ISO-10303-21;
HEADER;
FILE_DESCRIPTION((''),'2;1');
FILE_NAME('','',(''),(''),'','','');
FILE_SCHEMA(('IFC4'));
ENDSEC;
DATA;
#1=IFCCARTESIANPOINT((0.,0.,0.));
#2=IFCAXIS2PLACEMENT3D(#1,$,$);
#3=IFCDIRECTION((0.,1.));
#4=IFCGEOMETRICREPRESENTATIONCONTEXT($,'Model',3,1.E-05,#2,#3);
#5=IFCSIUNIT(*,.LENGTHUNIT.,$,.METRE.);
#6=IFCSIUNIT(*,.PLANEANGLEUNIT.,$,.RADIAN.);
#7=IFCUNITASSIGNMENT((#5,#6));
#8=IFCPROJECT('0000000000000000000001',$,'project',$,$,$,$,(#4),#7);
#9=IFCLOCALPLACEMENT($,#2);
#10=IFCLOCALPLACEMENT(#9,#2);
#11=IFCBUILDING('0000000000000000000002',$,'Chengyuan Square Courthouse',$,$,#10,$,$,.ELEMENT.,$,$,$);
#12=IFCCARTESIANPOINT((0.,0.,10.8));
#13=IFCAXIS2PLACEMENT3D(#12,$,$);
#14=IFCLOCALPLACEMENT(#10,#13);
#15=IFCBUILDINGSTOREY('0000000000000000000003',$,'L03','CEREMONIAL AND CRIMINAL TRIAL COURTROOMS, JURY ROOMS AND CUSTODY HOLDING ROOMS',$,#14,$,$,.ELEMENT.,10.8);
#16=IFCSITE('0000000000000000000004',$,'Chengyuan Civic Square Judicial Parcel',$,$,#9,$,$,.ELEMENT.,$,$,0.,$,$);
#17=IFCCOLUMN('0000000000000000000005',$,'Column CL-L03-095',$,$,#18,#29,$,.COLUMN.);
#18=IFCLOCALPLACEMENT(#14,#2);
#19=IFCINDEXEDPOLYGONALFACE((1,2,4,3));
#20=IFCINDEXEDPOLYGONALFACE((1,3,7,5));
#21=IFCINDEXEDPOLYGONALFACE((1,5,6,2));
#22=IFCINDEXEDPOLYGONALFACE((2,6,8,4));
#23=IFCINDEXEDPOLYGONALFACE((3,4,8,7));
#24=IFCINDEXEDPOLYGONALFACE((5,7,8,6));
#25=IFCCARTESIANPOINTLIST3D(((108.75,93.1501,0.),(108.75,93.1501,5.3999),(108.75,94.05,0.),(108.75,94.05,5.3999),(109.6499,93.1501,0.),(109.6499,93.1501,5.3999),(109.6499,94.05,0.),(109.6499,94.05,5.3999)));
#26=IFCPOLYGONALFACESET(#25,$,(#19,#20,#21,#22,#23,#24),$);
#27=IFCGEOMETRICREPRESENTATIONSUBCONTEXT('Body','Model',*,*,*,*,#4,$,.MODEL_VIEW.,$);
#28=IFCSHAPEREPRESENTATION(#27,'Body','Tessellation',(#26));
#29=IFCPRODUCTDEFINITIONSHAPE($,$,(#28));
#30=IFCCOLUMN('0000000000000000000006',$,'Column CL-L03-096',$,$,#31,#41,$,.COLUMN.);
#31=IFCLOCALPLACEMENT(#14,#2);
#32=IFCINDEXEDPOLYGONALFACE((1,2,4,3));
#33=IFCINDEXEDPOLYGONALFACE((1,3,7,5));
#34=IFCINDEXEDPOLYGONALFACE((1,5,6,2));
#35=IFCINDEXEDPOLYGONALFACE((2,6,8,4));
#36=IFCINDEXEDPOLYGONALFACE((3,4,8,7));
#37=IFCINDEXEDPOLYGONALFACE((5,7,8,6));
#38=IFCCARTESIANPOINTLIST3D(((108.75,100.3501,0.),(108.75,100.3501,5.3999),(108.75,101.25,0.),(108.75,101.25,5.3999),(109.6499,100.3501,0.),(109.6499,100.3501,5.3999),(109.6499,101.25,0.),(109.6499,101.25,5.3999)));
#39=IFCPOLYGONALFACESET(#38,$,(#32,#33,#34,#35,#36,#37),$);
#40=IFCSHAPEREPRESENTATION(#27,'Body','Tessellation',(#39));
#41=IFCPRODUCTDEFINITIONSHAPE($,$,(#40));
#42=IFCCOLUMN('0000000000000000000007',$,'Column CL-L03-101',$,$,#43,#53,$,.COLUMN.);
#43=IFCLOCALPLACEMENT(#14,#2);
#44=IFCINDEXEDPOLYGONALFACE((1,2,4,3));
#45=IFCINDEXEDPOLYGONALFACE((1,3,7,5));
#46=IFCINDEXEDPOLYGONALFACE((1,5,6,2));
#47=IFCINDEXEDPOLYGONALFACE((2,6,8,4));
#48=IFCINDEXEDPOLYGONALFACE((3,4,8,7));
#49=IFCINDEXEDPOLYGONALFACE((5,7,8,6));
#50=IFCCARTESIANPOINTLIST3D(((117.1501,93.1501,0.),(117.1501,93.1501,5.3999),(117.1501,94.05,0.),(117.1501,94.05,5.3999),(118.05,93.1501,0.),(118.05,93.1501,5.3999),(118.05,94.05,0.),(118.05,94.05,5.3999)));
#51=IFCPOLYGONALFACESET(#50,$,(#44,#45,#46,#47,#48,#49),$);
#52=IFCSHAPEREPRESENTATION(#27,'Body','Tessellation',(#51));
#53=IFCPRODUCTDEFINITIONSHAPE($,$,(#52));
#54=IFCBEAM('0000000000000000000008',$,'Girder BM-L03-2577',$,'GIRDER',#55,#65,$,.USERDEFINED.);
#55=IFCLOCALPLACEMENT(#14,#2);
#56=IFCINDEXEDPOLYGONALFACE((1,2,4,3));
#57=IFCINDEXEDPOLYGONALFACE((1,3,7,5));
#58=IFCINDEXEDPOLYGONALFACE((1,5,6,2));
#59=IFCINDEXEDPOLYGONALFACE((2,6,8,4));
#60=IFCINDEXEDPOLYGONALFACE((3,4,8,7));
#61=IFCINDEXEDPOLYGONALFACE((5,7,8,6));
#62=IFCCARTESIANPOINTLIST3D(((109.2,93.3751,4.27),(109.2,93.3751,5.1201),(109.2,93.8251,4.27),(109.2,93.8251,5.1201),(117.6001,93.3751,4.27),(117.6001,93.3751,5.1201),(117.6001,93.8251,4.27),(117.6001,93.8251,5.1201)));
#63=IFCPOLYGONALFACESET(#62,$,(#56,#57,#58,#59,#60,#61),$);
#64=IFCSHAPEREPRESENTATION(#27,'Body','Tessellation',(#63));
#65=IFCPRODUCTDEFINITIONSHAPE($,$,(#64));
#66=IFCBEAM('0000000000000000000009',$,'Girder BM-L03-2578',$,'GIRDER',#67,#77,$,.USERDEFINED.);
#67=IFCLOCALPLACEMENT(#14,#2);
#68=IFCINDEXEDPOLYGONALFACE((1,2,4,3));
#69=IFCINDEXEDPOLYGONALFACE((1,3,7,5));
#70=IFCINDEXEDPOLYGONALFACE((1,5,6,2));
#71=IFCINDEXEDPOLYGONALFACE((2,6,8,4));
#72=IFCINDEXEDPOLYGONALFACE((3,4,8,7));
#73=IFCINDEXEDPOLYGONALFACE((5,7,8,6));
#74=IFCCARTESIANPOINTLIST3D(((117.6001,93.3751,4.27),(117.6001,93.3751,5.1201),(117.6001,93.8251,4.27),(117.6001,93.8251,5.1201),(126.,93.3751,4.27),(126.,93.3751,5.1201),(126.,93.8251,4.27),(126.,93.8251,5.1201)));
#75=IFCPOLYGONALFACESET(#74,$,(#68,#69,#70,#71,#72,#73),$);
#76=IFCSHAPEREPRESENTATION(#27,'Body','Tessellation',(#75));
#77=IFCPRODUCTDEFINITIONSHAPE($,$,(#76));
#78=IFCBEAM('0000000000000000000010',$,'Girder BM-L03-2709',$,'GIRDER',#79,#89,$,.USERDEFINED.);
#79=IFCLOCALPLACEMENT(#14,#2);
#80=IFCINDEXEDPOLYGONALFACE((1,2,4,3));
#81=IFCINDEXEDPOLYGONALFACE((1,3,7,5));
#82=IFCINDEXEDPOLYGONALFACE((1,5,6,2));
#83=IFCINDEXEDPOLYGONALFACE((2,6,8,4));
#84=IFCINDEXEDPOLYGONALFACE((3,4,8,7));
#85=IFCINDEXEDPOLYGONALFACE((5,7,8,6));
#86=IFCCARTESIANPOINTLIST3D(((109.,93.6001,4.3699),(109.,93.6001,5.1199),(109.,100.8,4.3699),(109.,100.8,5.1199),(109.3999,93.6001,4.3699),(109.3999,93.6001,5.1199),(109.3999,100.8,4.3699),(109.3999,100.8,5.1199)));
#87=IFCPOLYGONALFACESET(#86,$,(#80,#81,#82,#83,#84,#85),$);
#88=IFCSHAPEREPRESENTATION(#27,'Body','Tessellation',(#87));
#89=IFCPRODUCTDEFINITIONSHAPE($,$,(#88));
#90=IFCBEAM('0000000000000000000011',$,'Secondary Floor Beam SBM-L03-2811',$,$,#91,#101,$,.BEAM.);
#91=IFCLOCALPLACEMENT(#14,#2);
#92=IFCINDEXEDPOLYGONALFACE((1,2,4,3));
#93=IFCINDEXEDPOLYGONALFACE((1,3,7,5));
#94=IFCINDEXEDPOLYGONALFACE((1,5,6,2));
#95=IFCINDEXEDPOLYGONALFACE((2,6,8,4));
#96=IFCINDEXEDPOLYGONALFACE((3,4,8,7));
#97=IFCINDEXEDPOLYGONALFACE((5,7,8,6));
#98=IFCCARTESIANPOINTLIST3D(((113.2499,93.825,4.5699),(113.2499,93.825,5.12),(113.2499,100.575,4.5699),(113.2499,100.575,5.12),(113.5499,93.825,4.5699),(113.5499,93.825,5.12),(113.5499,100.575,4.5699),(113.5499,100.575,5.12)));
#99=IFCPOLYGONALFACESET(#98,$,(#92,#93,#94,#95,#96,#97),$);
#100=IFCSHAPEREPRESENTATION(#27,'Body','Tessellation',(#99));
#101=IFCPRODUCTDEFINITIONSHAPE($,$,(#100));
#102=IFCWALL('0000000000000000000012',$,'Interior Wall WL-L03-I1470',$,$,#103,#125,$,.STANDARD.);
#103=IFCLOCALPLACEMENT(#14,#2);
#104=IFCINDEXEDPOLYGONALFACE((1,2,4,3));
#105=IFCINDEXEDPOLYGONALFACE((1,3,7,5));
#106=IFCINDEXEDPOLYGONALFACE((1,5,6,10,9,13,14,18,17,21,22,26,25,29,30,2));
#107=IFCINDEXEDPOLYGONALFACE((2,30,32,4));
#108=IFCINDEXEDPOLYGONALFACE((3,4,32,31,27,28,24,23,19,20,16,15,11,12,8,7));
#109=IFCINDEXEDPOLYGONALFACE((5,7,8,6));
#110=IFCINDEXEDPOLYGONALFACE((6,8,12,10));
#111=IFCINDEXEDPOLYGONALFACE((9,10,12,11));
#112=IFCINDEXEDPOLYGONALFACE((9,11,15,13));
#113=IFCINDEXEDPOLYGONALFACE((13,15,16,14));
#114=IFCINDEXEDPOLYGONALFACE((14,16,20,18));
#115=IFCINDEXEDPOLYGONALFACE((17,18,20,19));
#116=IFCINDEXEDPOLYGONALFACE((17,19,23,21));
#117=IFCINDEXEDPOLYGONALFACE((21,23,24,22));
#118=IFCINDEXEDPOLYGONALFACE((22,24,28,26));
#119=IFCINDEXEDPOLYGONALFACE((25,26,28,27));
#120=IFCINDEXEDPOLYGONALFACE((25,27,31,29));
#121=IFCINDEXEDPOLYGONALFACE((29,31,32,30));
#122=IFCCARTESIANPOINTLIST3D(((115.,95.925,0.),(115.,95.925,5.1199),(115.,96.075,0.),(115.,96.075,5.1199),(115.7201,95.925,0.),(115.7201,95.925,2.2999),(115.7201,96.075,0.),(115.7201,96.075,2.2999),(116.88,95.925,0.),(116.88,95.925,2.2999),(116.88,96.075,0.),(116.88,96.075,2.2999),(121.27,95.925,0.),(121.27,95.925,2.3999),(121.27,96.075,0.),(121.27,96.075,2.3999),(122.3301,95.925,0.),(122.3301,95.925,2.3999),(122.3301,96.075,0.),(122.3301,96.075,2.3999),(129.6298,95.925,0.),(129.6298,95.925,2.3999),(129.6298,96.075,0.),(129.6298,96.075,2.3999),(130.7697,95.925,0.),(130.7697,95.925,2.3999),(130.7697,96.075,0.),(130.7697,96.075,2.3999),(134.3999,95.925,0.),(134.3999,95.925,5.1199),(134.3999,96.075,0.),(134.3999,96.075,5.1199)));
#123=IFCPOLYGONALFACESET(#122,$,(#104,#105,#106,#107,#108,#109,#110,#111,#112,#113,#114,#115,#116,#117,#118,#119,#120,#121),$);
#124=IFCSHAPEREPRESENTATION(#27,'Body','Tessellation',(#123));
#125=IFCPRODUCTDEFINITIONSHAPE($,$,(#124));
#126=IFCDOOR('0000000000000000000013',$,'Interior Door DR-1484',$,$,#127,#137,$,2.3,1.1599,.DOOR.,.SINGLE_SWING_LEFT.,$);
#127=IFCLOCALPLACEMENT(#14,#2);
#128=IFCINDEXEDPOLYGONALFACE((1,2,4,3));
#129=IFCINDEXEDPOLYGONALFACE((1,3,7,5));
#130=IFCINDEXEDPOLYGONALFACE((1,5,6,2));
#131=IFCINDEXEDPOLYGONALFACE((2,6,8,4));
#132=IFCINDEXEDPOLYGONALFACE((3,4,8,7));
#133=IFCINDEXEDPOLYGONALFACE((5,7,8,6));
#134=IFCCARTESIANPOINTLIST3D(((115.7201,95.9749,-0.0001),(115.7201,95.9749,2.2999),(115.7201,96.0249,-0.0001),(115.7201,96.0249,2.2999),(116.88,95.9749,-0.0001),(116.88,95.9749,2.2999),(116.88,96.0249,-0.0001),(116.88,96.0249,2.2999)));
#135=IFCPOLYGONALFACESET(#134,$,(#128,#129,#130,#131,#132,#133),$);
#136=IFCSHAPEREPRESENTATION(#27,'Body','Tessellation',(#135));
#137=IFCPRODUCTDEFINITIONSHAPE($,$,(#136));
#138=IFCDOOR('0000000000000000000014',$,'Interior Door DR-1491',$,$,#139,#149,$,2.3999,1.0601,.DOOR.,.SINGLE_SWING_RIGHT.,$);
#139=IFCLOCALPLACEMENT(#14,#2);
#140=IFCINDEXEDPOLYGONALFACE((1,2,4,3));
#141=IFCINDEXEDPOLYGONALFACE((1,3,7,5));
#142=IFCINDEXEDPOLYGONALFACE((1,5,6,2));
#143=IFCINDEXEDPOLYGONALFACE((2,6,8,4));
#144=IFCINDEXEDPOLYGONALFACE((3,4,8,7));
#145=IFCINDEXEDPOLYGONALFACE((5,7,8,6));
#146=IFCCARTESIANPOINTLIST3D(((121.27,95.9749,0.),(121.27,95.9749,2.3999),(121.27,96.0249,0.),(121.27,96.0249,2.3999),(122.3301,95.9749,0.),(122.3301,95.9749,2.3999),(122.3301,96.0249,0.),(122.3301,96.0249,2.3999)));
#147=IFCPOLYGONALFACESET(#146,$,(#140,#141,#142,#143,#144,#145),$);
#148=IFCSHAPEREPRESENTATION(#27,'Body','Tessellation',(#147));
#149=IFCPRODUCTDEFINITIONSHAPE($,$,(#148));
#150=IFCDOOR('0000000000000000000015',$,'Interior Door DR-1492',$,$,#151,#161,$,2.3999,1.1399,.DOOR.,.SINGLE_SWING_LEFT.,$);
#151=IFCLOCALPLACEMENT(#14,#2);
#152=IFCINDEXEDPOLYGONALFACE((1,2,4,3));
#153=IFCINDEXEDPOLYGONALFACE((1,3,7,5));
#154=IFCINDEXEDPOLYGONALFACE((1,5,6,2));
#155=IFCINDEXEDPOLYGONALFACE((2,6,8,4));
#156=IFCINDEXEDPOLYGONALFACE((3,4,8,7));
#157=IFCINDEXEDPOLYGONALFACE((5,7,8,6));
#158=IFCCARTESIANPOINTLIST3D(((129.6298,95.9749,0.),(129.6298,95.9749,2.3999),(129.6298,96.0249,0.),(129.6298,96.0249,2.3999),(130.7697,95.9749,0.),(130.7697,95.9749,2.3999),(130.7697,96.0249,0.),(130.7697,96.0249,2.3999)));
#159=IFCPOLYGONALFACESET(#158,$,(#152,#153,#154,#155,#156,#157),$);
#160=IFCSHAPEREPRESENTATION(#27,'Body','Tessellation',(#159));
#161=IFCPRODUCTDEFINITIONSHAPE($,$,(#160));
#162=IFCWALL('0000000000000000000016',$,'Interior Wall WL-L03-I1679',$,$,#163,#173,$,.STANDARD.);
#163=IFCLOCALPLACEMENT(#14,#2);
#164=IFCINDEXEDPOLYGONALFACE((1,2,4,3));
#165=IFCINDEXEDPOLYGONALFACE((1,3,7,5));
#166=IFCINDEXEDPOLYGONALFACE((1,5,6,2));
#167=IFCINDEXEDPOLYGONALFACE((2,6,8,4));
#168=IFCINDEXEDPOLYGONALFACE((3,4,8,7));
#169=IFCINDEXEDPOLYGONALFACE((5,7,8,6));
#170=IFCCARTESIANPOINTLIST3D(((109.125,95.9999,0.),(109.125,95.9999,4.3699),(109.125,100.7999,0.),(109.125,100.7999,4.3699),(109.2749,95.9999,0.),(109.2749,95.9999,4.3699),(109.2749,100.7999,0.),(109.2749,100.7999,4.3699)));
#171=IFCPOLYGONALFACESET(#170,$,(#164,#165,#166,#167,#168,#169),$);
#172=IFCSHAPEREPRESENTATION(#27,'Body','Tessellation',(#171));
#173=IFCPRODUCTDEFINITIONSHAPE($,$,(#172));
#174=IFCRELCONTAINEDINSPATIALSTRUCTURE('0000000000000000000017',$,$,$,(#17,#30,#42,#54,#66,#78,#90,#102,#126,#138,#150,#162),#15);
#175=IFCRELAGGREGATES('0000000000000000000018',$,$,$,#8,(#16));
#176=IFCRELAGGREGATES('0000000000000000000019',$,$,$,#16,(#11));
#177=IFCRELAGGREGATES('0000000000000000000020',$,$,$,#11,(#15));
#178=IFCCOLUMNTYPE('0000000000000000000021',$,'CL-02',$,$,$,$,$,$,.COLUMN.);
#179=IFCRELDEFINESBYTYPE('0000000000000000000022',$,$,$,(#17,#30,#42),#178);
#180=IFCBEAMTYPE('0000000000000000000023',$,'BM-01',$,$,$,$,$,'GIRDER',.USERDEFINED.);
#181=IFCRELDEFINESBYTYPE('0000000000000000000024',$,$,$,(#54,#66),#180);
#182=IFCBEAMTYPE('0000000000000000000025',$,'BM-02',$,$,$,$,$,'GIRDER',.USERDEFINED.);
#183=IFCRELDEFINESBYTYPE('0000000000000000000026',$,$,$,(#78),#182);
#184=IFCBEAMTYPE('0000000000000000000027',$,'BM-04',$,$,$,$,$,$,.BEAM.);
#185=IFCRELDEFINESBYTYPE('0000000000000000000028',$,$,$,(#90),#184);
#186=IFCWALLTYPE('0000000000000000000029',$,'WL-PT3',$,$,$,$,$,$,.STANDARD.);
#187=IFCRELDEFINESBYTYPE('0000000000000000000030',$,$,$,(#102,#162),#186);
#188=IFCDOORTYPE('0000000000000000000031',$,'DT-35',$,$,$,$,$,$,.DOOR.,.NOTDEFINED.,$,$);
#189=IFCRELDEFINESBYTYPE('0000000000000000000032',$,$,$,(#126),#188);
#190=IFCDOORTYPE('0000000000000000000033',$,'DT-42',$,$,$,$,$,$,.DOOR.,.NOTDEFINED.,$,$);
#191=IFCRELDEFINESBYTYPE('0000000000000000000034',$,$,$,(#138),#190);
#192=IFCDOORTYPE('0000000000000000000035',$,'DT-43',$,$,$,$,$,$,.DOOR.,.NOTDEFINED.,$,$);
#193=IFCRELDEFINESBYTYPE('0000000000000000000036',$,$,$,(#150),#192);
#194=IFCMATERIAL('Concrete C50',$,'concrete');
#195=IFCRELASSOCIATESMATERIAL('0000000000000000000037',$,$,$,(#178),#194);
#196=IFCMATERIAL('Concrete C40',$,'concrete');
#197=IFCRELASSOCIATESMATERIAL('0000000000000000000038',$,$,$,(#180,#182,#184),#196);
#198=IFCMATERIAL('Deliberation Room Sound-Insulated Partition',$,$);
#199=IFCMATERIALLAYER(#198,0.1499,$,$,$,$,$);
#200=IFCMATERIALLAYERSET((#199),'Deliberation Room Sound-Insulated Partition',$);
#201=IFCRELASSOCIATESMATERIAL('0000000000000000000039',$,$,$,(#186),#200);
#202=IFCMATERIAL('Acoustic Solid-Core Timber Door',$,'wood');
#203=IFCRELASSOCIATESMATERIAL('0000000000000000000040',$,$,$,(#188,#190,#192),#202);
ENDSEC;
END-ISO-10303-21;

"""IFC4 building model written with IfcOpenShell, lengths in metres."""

from ifc_helpers import new_model, si_unit, direction, frame, frame_2d, origin, origin_2d, place, context, subcontext, project, spatial, rectangle, extrude, material, layer, layer_set, material_profile, profile_set, type_object, element, fill, save


model = new_model("IFC4")

# Units and contexts
model_context = context("Model", 3, precision=1e-05, world=origin(), true_north=direction((0.0, 1.0)))
body_context = subcontext(model_context, "Body", "Model", "MODEL_VIEW")
ifc_project = project(units=[si_unit("LENGTHUNIT", "METRE"), si_unit("PLANEANGLEUNIT", "RADIAN")], contexts=[model_context])

# Site, building, storey
site_placement = place(None, origin())
site = spatial("IfcSite", under=ifc_project, at=site_placement, Name="Chengyuan Civic Square Judicial Parcel", CompositionType="ELEMENT", RefElevation=0.0)
building_placement = place(site_placement, origin())
building = spatial("IfcBuilding", under=site, at=building_placement, Name="Chengyuan Square Courthouse", CompositionType="ELEMENT")
storey_placement = place(building_placement, frame((0.0, 0.0, 10.8)))
storey = spatial("IfcBuildingStorey", under=building, at=storey_placement, Name="L03", Description="CEREMONIAL AND CRIMINAL TRIAL COURTROOMS, JURY ROOMS AND CUSTODY HOLDING ROOMS", CompositionType="ELEMENT", Elevation=10.8)

# Columns
ifc_material_1 = material(Name="Concrete C50", Category="concrete")
ifc_material_profile_1 = material_profile(ifc_material_1, rectangle(XDim=0.8999, YDim=0.8999, at=origin_2d()), Name="RC-COL-900x900")
ifc_profile_set_1 = profile_set([ifc_material_profile_1], Name="Concrete C50")
column_type = type_object("IfcColumnType", Name="CL-02", PredefinedType="COLUMN", material=ifc_profile_set_1)
for number, where, z_axis, x_axis, name in (
    (1, (109.2, 93.6001, 0.0), (0.0, 0.0, 1.0), (1.0, 0.0, 0.0), "Column CL-L03-095"),
    (2, (109.2, 100.8, 0.0), (0.0, 0.0, 1.0), (1.0, 0.0, 0.0), "Column CL-L03-096"),
    (3, (117.6001, 93.6001, 0.0), (0.0, 0.0, 1.0), (1.0, 0.0, 0.0), "Column CL-L03-101"),
):
    element("IfcColumn", number, at=place(storey_placement, frame(where, z_axis=z_axis, x_axis=x_axis)), inside=storey, type_object=column_type, Name=name, PredefinedType="COLUMN", context=body_context, shape_type="SweptSolid", body=[
        extrude(rectangle(XDim=0.8999, YDim=0.8999, at=origin_2d()), origin(), (0.0, 0.0, 1.0), 5.3999),
    ])

# Beams
ifc_material_2 = material(Name="Concrete C40", Category="concrete")
ifc_material_profile_2 = material_profile(ifc_material_2, rectangle(XDim=0.45, YDim=0.8501, at=origin_2d()), Name="RC-BM-450x850")
ifc_profile_set_2 = profile_set([ifc_material_profile_2], Name="Concrete C40")
beam_type_1 = type_object("IfcBeamType", Name="BM-01", ElementType="GIRDER", PredefinedType="USERDEFINED", material=ifc_profile_set_2)
beam_1_placement = place(storey_placement, frame((109.2, 93.6001, 4.6951), z_axis=(1.0, 0.0, 0.0), x_axis=(0.0, 1.0, 0.0)))
element("IfcBeam", 4, at=beam_1_placement, inside=storey, type_object=beam_type_1, Name="Girder BM-L03-2577", ObjectType="GIRDER", PredefinedType="USERDEFINED", context=body_context, shape_type="SweptSolid", body=[
    extrude(rectangle(XDim=0.45, YDim=0.8501, at=origin_2d()), origin(), (0.0, 0.0, 1.0), 8.4001),
])
beam_2_placement = place(storey_placement, frame((117.6001, 93.6001, 4.6951), z_axis=(1.0, 0.0, 0.0), x_axis=(0.0, 1.0, 0.0)))
element("IfcBeam", 5, at=beam_2_placement, inside=storey, type_object=beam_type_1, Name="Girder BM-L03-2578", ObjectType="GIRDER", PredefinedType="USERDEFINED", context=body_context, shape_type="SweptSolid", body=[
    extrude(rectangle(XDim=0.45, YDim=0.8501, at=origin_2d()), origin(), (0.0, 0.0, 1.0), 8.3999),
])
ifc_material_profile_3 = material_profile(ifc_material_2, rectangle(XDim=0.3999, YDim=0.75, at=origin_2d()), Name="RC-BM-400x750")
ifc_profile_set_3 = profile_set([ifc_material_profile_3], Name="Concrete C40")
beam_type_2 = type_object("IfcBeamType", Name="BM-02", ElementType="GIRDER", PredefinedType="USERDEFINED", material=ifc_profile_set_3)
beam_3_placement = place(storey_placement, frame((109.2, 93.6001, 4.7449), z_axis=(0.0, 1.0, 0.0), x_axis=(-1.0, 0.0, 0.0)))
element("IfcBeam", 6, at=beam_3_placement, inside=storey, type_object=beam_type_2, Name="Girder BM-L03-2709", ObjectType="GIRDER", PredefinedType="USERDEFINED", context=body_context, shape_type="SweptSolid", body=[
    extrude(rectangle(XDim=0.3999, YDim=0.75, at=origin_2d()), origin(), (0.0, 0.0, 1.0), 7.2),
])
ifc_material_profile_4 = material_profile(ifc_material_2, rectangle(XDim=0.3, YDim=0.55, at=origin_2d()), Name="RC-BM-300x550")
ifc_profile_set_4 = profile_set([ifc_material_profile_4], Name="Concrete C40")
beam_type_3 = type_object("IfcBeamType", Name="BM-04", PredefinedType="BEAM", material=ifc_profile_set_4)
beam_4_placement = place(storey_placement, frame((113.3999, 93.825, 4.845), z_axis=(0.0, 1.0, 0.0), x_axis=(-1.0, 0.0, 0.0)))
element("IfcBeam", 7, at=beam_4_placement, inside=storey, type_object=beam_type_3, Name="Secondary Floor Beam SBM-L03-2811", PredefinedType="BEAM", context=body_context, shape_type="SweptSolid", body=[
    extrude(rectangle(XDim=0.3, YDim=0.55, at=origin_2d()), origin(), (0.0, 0.0, 1.0), 6.75),
])

# Wall, openings, doors
ifc_material_3 = material(Name="Deliberation Room Sound-Insulated Partition")
ifc_layer_1 = layer(ifc_material_3, 0.1499)
ifc_layer_set_1 = layer_set([ifc_layer_1], Name="Deliberation Room Sound-Insulated Partition")
wall_type_1 = type_object("IfcWallType", Name="WL-PT3", PredefinedType="STANDARD", material=ifc_layer_set_1)
wall_1_placement = place(storey_placement, frame((115.0, 96.0, 0.0), z_axis=(0.0, 0.0, 1.0), x_axis=(1.0, 0.0, 0.0)))
wall_1 = element("IfcWall", 8, at=wall_1_placement, inside=storey, type_object=wall_type_1, Name="Interior Wall WL-L03-I1470", PredefinedType="STANDARD", context=body_context, shape_type="SweptSolid", body=[
    extrude(rectangle(XDim=19.3999, YDim=0.1499, at=frame_2d((9.7, 0.0))), origin(), (0.0, 0.0, 1.0), 5.1199),
])
opening_1_placement = place(wall_1_placement, frame((0.72, 0.0, 0.0)))
opening_1 = element("IfcOpeningElement", 9, at=opening_1_placement, cuts=wall_1, PredefinedType="OPENING", context=body_context, shape_type="SweptSolid", body=[
    extrude(rectangle(XDim=1.1599, YDim=2.3, at=frame_2d((0.5801, 1.1499))), frame((0.0, 0.0869, 0.0), z_axis=(0.0, -1.0, 0.0), x_axis=(1.0, 0.0, 0.0)), (0.0, 0.0, 1.0), 0.1738),
])
opening_2_placement = place(wall_1_placement, frame((6.27, 0.0, 0.0)))
opening_2 = element("IfcOpeningElement", 10, at=opening_2_placement, cuts=wall_1, PredefinedType="OPENING", context=body_context, shape_type="SweptSolid", body=[
    extrude(rectangle(XDim=1.0601, YDim=2.3999, at=frame_2d((0.53, 1.2))), frame((0.0, 0.0869, 0.0), z_axis=(0.0, -1.0, 0.0), x_axis=(1.0, 0.0, 0.0)), (0.0, 0.0, 1.0), 0.1738),
])
opening_3_placement = place(wall_1_placement, frame((14.6299, 0.0, 0.0)))
opening_3 = element("IfcOpeningElement", 11, at=opening_3_placement, cuts=wall_1, PredefinedType="OPENING", context=body_context, shape_type="SweptSolid", body=[
    extrude(rectangle(XDim=1.1399, YDim=2.3999, at=frame_2d((0.5698, 1.2))), frame((0.0, 0.0869, 0.0), z_axis=(0.0, -1.0, 0.0), x_axis=(1.0, 0.0, 0.0)), (0.0, 0.0, 1.0), 0.1738),
])
ifc_material_4 = material(Name="Acoustic Solid-Core Timber Door", Category="wood")
door_type_1 = type_object("IfcDoorType", Name="DT-35", OperationType="NOTDEFINED", PredefinedType="DOOR", material=ifc_material_4)
door_1_placement = place(opening_1_placement, origin())
door_1 = element("IfcDoor", 12, at=door_1_placement, inside=storey, type_object=door_type_1, Name="Interior Door DR-1484", OperationType="SINGLE_SWING_LEFT", OverallHeight=2.3, OverallWidth=1.1599, PredefinedType="DOOR", context=body_context, shape_type="SweptSolid", body=[
    extrude(rectangle(XDim=1.1599, YDim=2.3, at=frame_2d((0.5801, 1.1499))), frame((0.0, 0.0249, 0.0), z_axis=(0.0, -1.0, 0.0), x_axis=(1.0, 0.0, 0.0)), (0.0, 0.0, 1.0), 0.05),
])
fill(opening_1, door_1)
door_type_2 = type_object("IfcDoorType", Name="DT-42", OperationType="NOTDEFINED", PredefinedType="DOOR", material=ifc_material_4)
door_2_placement = place(opening_2_placement, origin())
door_2 = element("IfcDoor", 13, at=door_2_placement, inside=storey, type_object=door_type_2, Name="Interior Door DR-1491", OperationType="SINGLE_SWING_RIGHT", OverallHeight=2.3999, OverallWidth=1.0601, PredefinedType="DOOR", context=body_context, shape_type="SweptSolid", body=[
    extrude(rectangle(XDim=1.0601, YDim=2.3999, at=frame_2d((0.53, 1.2))), frame((0.0, 0.0249, 0.0), z_axis=(0.0, -1.0, 0.0), x_axis=(1.0, 0.0, 0.0)), (0.0, 0.0, 1.0), 0.05),
])
fill(opening_2, door_2)
door_type_3 = type_object("IfcDoorType", Name="DT-43", OperationType="NOTDEFINED", PredefinedType="DOOR", material=ifc_material_4)
door_3_placement = place(opening_3_placement, origin())
door_3 = element("IfcDoor", 14, at=door_3_placement, inside=storey, type_object=door_type_3, Name="Interior Door DR-1492", OperationType="SINGLE_SWING_LEFT", OverallHeight=2.3999, OverallWidth=1.1399, PredefinedType="DOOR", context=body_context, shape_type="SweptSolid", body=[
    extrude(rectangle(XDim=1.1399, YDim=2.3999, at=frame_2d((0.5698, 1.2))), frame((0.0, 0.0249, 0.0), z_axis=(0.0, -1.0, 0.0), x_axis=(1.0, 0.0, 0.0)), (0.0, 0.0, 1.0), 0.05),
])
fill(opening_3, door_3)

# Wall
wall_2_placement = place(storey_placement, frame((109.2, 96.0, 0.0), z_axis=(0.0, 0.0, 1.0), x_axis=(0.0, 1.0, 0.0)))
element("IfcWall", 15, at=wall_2_placement, inside=storey, type_object=wall_type_1, Name="Interior Wall WL-L03-I1679", PredefinedType="STANDARD", context=body_context, shape_type="SweptSolid", body=[
    extrude(rectangle(XDim=4.8, YDim=0.1499, at=frame_2d((2.3999, 0.0))), origin(), (0.0, 0.0, 1.0), 4.3699),
])

save(model, "model.ifc")
